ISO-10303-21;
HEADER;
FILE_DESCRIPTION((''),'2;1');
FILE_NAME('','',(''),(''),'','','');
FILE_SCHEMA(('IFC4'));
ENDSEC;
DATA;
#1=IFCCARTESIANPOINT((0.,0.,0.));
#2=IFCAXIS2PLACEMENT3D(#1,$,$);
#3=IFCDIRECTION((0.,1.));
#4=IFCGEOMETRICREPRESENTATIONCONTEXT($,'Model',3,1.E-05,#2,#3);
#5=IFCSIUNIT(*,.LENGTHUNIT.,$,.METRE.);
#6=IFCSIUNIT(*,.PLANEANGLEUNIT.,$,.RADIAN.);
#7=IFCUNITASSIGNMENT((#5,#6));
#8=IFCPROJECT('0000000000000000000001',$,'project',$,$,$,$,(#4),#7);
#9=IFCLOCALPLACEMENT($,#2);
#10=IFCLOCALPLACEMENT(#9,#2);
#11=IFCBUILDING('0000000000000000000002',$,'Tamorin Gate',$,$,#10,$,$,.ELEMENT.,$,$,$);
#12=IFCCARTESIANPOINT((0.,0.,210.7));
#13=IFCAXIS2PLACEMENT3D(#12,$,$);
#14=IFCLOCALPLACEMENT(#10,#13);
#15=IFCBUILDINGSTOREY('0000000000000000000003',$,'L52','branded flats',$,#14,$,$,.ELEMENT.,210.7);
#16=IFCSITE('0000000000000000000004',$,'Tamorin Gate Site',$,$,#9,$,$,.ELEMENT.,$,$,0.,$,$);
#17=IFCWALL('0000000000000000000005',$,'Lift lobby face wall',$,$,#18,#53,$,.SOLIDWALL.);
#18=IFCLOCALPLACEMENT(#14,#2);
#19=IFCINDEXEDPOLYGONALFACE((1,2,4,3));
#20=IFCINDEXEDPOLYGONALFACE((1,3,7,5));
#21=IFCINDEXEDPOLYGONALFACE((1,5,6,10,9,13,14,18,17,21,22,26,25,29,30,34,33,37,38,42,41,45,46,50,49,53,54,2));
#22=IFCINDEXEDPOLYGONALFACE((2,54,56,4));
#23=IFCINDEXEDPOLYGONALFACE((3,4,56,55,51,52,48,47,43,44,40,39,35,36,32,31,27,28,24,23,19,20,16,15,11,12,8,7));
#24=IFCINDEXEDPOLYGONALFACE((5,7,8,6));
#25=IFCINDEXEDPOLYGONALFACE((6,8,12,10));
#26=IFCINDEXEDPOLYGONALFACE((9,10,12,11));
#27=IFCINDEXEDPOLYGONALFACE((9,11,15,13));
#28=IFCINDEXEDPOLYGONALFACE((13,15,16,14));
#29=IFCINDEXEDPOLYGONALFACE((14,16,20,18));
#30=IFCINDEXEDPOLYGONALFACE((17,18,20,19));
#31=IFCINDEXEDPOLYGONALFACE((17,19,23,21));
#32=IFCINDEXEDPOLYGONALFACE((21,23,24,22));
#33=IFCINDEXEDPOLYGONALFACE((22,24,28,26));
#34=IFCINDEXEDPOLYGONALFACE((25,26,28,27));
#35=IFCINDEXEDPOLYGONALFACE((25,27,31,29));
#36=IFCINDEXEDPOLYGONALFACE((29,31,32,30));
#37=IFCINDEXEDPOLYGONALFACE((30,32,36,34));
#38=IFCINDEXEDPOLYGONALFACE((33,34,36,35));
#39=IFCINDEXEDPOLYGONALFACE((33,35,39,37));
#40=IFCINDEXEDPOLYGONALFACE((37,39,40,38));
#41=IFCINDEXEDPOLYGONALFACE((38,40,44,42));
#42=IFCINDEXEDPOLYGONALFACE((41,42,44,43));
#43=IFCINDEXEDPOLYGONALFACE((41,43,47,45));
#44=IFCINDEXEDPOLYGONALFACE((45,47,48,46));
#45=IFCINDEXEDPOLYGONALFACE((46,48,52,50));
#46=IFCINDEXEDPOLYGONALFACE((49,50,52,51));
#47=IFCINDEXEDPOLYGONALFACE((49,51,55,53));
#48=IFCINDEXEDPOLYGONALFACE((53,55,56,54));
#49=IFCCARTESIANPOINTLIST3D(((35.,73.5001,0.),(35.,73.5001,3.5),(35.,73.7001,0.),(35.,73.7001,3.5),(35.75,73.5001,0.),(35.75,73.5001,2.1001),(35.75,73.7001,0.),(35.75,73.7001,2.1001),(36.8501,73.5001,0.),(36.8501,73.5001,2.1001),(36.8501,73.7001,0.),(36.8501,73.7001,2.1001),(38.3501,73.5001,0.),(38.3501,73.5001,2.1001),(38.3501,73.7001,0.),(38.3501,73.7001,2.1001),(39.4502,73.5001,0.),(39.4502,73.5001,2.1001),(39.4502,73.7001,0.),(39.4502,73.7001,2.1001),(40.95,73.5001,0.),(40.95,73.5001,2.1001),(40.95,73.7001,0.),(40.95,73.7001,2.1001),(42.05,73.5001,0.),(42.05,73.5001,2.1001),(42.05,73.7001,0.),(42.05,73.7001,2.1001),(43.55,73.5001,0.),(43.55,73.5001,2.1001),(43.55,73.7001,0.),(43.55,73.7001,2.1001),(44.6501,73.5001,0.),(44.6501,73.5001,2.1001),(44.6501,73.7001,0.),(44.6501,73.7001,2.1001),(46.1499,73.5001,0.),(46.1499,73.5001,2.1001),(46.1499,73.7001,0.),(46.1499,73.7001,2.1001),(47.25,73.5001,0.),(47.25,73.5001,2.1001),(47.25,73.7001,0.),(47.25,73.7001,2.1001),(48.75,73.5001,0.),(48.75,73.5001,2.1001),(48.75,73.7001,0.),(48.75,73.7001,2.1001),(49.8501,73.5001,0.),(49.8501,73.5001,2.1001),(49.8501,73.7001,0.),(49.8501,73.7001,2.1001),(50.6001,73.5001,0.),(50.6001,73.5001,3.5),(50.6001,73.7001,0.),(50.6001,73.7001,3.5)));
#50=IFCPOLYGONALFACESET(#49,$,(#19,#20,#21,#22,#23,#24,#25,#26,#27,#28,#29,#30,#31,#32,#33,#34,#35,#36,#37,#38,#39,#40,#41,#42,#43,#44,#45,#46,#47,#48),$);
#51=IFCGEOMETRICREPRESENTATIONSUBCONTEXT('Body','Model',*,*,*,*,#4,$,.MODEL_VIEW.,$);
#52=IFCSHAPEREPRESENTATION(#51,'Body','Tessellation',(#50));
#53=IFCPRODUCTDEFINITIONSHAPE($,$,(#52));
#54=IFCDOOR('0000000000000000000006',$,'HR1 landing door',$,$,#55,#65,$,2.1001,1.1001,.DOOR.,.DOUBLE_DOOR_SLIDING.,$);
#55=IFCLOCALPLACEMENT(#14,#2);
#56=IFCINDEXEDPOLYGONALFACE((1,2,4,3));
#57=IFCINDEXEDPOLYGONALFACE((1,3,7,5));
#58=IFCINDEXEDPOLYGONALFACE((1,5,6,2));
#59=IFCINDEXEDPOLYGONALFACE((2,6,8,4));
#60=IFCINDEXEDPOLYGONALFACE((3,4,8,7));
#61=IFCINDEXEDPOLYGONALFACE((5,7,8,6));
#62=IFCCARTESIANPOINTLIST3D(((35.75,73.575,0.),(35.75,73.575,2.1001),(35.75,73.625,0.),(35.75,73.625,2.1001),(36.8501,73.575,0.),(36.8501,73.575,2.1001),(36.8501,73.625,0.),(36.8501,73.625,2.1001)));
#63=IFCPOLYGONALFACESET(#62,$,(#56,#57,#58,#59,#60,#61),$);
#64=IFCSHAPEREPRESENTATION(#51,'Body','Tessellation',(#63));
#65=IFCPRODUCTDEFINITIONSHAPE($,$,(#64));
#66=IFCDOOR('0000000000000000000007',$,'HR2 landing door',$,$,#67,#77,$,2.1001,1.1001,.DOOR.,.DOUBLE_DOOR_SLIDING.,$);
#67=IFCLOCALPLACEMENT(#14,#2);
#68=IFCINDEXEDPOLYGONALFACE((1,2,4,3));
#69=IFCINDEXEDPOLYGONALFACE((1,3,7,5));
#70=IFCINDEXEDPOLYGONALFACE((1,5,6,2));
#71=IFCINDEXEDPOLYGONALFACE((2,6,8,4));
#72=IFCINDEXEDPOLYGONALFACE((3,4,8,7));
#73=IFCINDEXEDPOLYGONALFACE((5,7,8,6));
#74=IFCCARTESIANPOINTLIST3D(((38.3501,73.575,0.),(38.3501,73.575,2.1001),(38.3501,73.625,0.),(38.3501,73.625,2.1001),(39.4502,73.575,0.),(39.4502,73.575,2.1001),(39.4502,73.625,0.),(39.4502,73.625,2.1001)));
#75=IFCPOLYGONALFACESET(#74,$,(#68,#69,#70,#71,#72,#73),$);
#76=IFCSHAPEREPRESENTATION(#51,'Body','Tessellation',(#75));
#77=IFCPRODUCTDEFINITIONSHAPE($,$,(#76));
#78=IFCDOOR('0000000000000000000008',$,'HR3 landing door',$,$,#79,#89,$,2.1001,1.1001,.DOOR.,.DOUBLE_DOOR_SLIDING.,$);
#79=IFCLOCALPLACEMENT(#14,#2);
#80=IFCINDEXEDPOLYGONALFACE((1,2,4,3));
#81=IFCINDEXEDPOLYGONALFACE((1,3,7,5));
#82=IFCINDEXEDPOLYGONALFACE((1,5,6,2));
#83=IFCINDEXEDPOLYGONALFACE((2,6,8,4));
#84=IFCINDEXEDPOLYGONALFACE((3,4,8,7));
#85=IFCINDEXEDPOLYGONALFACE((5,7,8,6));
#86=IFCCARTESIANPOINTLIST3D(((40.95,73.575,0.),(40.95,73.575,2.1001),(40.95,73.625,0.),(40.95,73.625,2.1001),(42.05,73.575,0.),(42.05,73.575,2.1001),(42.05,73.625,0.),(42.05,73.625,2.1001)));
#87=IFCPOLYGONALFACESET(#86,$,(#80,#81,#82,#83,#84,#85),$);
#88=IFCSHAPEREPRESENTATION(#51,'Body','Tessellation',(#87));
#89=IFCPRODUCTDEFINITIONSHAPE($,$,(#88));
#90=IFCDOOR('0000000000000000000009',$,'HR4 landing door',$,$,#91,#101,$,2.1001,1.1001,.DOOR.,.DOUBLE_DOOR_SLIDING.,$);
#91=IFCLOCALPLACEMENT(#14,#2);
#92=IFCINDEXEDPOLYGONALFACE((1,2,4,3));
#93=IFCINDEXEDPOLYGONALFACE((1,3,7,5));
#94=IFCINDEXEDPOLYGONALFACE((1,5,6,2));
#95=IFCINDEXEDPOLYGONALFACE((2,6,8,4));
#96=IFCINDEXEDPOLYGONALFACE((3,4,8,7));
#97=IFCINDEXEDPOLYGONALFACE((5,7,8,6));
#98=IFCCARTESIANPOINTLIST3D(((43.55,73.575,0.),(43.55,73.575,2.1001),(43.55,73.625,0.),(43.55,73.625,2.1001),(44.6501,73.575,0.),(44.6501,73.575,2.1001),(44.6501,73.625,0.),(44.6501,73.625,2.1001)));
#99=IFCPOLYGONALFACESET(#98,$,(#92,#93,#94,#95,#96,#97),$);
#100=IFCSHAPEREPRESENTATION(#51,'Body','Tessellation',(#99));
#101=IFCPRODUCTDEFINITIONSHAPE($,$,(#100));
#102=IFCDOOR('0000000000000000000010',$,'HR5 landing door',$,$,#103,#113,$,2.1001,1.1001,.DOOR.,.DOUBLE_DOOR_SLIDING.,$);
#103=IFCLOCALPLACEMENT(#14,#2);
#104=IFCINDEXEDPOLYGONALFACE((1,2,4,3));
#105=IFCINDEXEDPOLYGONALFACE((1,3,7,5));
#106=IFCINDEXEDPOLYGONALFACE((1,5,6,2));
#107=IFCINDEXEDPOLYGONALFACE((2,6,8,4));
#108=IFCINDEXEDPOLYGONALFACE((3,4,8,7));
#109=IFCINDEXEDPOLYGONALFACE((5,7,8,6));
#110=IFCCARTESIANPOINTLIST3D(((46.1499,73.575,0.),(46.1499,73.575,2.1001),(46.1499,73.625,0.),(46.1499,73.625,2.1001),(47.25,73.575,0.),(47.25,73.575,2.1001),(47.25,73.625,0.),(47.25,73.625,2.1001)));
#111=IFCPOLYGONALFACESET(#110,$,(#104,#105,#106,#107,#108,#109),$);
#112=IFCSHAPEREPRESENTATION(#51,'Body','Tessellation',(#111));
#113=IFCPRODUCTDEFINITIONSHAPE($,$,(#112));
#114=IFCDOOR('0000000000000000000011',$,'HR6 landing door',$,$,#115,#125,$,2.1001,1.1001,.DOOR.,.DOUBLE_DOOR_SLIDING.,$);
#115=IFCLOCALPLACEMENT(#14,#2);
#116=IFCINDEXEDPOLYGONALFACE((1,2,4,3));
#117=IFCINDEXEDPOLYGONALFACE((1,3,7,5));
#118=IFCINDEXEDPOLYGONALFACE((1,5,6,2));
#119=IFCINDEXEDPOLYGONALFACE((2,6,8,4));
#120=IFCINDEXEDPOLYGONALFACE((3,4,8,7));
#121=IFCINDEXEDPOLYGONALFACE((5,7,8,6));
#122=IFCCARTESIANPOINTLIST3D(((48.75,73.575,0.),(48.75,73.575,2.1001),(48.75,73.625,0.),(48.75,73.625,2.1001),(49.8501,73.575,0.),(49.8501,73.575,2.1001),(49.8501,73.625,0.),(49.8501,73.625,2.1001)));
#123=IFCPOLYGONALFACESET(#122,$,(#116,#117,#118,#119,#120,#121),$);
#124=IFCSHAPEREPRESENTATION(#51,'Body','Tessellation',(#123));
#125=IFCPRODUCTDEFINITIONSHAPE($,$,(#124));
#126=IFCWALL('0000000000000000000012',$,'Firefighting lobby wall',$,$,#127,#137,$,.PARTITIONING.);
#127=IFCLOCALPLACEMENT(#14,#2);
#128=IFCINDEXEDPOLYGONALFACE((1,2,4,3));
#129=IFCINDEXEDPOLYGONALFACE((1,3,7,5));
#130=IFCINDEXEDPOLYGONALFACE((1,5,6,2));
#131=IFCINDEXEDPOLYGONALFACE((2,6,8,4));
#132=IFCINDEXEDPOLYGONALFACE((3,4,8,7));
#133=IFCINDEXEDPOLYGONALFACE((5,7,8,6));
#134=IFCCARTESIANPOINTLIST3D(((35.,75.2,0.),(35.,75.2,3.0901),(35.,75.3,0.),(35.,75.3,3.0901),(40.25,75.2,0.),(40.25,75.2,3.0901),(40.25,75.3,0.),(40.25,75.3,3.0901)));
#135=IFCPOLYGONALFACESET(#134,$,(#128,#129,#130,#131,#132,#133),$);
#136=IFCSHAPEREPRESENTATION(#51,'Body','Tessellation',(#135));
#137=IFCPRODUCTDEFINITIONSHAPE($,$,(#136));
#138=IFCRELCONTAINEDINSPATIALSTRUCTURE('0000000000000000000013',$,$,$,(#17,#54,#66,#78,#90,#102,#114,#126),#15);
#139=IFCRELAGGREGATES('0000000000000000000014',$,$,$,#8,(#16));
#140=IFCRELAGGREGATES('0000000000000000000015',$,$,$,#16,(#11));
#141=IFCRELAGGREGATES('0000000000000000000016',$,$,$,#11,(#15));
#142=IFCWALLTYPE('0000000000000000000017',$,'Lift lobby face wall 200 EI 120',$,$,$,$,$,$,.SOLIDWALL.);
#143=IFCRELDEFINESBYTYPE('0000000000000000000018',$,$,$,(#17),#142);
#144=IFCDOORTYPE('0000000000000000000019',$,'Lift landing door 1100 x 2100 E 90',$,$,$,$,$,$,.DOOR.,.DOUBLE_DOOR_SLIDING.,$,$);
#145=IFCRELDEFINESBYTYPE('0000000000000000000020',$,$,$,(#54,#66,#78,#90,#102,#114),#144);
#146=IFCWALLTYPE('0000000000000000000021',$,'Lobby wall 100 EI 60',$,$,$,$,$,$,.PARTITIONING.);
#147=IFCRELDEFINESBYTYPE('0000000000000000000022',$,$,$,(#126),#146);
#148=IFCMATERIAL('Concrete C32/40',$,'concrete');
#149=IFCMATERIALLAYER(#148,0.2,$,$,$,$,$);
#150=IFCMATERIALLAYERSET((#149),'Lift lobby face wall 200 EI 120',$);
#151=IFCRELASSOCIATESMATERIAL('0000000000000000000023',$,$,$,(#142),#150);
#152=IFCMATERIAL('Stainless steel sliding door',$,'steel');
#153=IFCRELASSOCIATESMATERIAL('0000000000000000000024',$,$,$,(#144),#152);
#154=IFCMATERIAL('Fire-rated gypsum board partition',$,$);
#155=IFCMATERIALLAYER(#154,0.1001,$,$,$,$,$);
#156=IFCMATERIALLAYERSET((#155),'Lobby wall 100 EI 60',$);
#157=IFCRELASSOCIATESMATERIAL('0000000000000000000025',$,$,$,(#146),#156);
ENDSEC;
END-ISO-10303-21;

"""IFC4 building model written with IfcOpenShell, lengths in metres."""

from ifc_helpers import new_model, si_unit, direction, frame, frame_2d, origin, place, context, subcontext, project, spatial, rectangle, extrude, material, layer, layer_set, type_object, element, fill, save


model = new_model("IFC4")

# Units and contexts
model_context = context("Model", 3, precision=1e-05, world=origin(), true_north=direction((0.0, 1.0)))
body_context = subcontext(model_context, "Body", "Model", "MODEL_VIEW")
ifc_project = project(units=[si_unit("LENGTHUNIT", "METRE"), si_unit("PLANEANGLEUNIT", "RADIAN")], contexts=[model_context])

# Site, building, storey
site_placement = place(None, origin())
site = spatial("IfcSite", under=ifc_project, at=site_placement, Name="Tamorin Gate Site", CompositionType="ELEMENT", RefElevation=0.0)
building_placement = place(site_placement, origin())
building = spatial("IfcBuilding", under=site, at=building_placement, Name="Tamorin Gate", CompositionType="ELEMENT")
storey_placement = place(building_placement, frame((0.0, 0.0, 210.7)))
storey = spatial("IfcBuildingStorey", under=building, at=storey_placement, Name="L52", Description="branded flats", CompositionType="ELEMENT", Elevation=210.7)

# Wall, openings, doors
ifc_material_1 = material(Name="Concrete C32/40", Category="concrete")
ifc_layer_1 = layer(ifc_material_1, 0.2)
ifc_layer_set_1 = layer_set([ifc_layer_1], Name="Lift lobby face wall 200 EI 120")
wall_type_1 = type_object("IfcWallType", Name="Lift lobby face wall 200 EI 120", PredefinedType="SOLIDWALL", material=ifc_layer_set_1)
wall_1_placement = place(storey_placement, frame((35.0, 73.6001, 0.0), z_axis=(0.0, 0.0, 1.0), x_axis=(1.0, 0.0, 0.0)))
wall_1 = element("IfcWall", 1, at=wall_1_placement, inside=storey, type_object=wall_type_1, Name="Lift lobby face wall", PredefinedType="SOLIDWALL", context=body_context, shape_type="SweptSolid", body=[
    extrude(rectangle(XDim=15.6001, YDim=0.2, at=frame_2d((7.8, 0.0))), origin(), (0.0, 0.0, 1.0), 3.5),
])
opening_1_placement = place(wall_1_placement, frame((0.75, 0.0, 0.0)))
opening_1 = element("IfcOpeningElement", 2, at=opening_1_placement, cuts=wall_1, PredefinedType="OPENING", context=body_context, shape_type="SweptSolid", body=[
    extrude(rectangle(XDim=1.1001, YDim=2.1001, at=frame_2d((0.55, 1.05))), frame((0.0, 0.1099, 0.0), z_axis=(0.0, -1.0, 0.0), x_axis=(1.0, 0.0, 0.0)), (0.0, 0.0, 1.0), 0.22),
])
opening_2_placement = place(wall_1_placement, frame((3.3501, 0.0, 0.0)))
opening_2 = element("IfcOpeningElement", 3, at=opening_2_placement, cuts=wall_1, PredefinedType="OPENING", context=body_context, shape_type="SweptSolid", body=[
    extrude(rectangle(XDim=1.1001, YDim=2.1001, at=frame_2d((0.55, 1.05))), frame((0.0, 0.1099, 0.0), z_axis=(0.0, -1.0, 0.0), x_axis=(1.0, 0.0, 0.0)), (0.0, 0.0, 1.0), 0.22),
])
opening_3_placement = place(wall_1_placement, frame((5.95, 0.0, 0.0)))
opening_3 = element("IfcOpeningElement", 4, at=opening_3_placement, cuts=wall_1, PredefinedType="OPENING", context=body_context, shape_type="SweptSolid", body=[
    extrude(rectangle(XDim=1.1001, YDim=2.1001, at=frame_2d((0.55, 1.05))), frame((0.0, 0.1099, 0.0), z_axis=(0.0, -1.0, 0.0), x_axis=(1.0, 0.0, 0.0)), (0.0, 0.0, 1.0), 0.22),
])
opening_4_placement = place(wall_1_placement, frame((8.55, 0.0, 0.0)))
opening_4 = element("IfcOpeningElement", 5, at=opening_4_placement, cuts=wall_1, PredefinedType="OPENING", context=body_context, shape_type="SweptSolid", body=[
    extrude(rectangle(XDim=1.1001, YDim=2.1001, at=frame_2d((0.55, 1.05))), frame((0.0, 0.1099, 0.0), z_axis=(0.0, -1.0, 0.0), x_axis=(1.0, 0.0, 0.0)), (0.0, 0.0, 1.0), 0.22),
])
opening_5_placement = place(wall_1_placement, frame((11.1499, 0.0, 0.0)))
opening_5 = element("IfcOpeningElement", 6, at=opening_5_placement, cuts=wall_1, PredefinedType="OPENING", context=body_context, shape_type="SweptSolid", body=[
    extrude(rectangle(XDim=1.1001, YDim=2.1001, at=frame_2d((0.55, 1.05))), frame((0.0, 0.1099, 0.0), z_axis=(0.0, -1.0, 0.0), x_axis=(1.0, 0.0, 0.0)), (0.0, 0.0, 1.0), 0.22),
])
opening_6_placement = place(wall_1_placement, frame((13.75, 0.0, 0.0)))
opening_6 = element("IfcOpeningElement", 7, at=opening_6_placement, cuts=wall_1, PredefinedType="OPENING", context=body_context, shape_type="SweptSolid", body=[
    extrude(rectangle(XDim=1.1001, YDim=2.1001, at=frame_2d((0.55, 1.05))), frame((0.0, 0.1099, 0.0), z_axis=(0.0, -1.0, 0.0), x_axis=(1.0, 0.0, 0.0)), (0.0, 0.0, 1.0), 0.22),
])
ifc_material_2 = material(Name="Stainless steel sliding door", Category="steel")
door_type_1 = type_object("IfcDoorType", Name="Lift landing door 1100 x 2100 E 90", OperationType="DOUBLE_DOOR_SLIDING", PredefinedType="DOOR", material=ifc_material_2)
door_1_placement = place(opening_1_placement, origin())
door_1 = element("IfcDoor", 8, at=door_1_placement, inside=storey, type_object=door_type_1, Name="HR1 landing door", OperationType="DOUBLE_DOOR_SLIDING", OverallHeight=2.1001, OverallWidth=1.1001, PredefinedType="DOOR", context=body_context, shape_type="SweptSolid", body=[
    extrude(rectangle(XDim=1.1001, YDim=2.1001, at=frame_2d((0.55, 1.05))), frame((0.0, 0.0249, 0.0), z_axis=(0.0, -1.0, 0.0), x_axis=(1.0, 0.0, 0.0)), (0.0, 0.0, 1.0), 0.05),
])
fill(opening_1, door_1)
door_2_placement = place(opening_2_placement, origin())
door_2 = element("IfcDoor", 9, at=door_2_placement, inside=storey, type_object=door_type_1, Name="HR2 landing door", OperationType="DOUBLE_DOOR_SLIDING", OverallHeight=2.1001, OverallWidth=1.1001, PredefinedType="DOOR", context=body_context, shape_type="SweptSolid", body=[
    extrude(rectangle(XDim=1.1001, YDim=2.1001, at=frame_2d((0.55, 1.05))), frame((0.0, 0.0249, 0.0), z_axis=(0.0, -1.0, 0.0), x_axis=(1.0, 0.0, 0.0)), (0.0, 0.0, 1.0), 0.05),
])
fill(opening_2, door_2)
door_3_placement = place(opening_3_placement, origin())
door_3 = element("IfcDoor", 10, at=door_3_placement, inside=storey, type_object=door_type_1, Name="HR3 landing door", OperationType="DOUBLE_DOOR_SLIDING", OverallHeight=2.1001, OverallWidth=1.1001, PredefinedType="DOOR", context=body_context, shape_type="SweptSolid", body=[
    extrude(rectangle(XDim=1.1001, YDim=2.1001, at=frame_2d((0.55, 1.05))), frame((0.0, 0.0249, 0.0), z_axis=(0.0, -1.0, 0.0), x_axis=(1.0, 0.0, 0.0)), (0.0, 0.0, 1.0), 0.05),
])
fill(opening_3, door_3)
door_4_placement = place(opening_4_placement, origin())
door_4 = element("IfcDoor", 11, at=door_4_placement, inside=storey, type_object=door_type_1, Name="HR4 landing door", OperationType="DOUBLE_DOOR_SLIDING", OverallHeight=2.1001, OverallWidth=1.1001, PredefinedType="DOOR", context=body_context, shape_type="SweptSolid", body=[
    extrude(rectangle(XDim=1.1001, YDim=2.1001, at=frame_2d((0.55, 1.05))), frame((0.0, 0.0249, 0.0), z_axis=(0.0, -1.0, 0.0), x_axis=(1.0, 0.0, 0.0)), (0.0, 0.0, 1.0), 0.05),
])
fill(opening_4, door_4)
door_5_placement = place(opening_5_placement, origin())
door_5 = element("IfcDoor", 12, at=door_5_placement, inside=storey, type_object=door_type_1, Name="HR5 landing door", OperationType="DOUBLE_DOOR_SLIDING", OverallHeight=2.1001, OverallWidth=1.1001, PredefinedType="DOOR", context=body_context, shape_type="SweptSolid", body=[
    extrude(rectangle(XDim=1.1001, YDim=2.1001, at=frame_2d((0.55, 1.05))), frame((0.0, 0.0249, 0.0), z_axis=(0.0, -1.0, 0.0), x_axis=(1.0, 0.0, 0.0)), (0.0, 0.0, 1.0), 0.05),
])
fill(opening_5, door_5)
door_6_placement = place(opening_6_placement, origin())
door_6 = element("IfcDoor", 13, at=door_6_placement, inside=storey, type_object=door_type_1, Name="HR6 landing door", OperationType="DOUBLE_DOOR_SLIDING", OverallHeight=2.1001, OverallWidth=1.1001, PredefinedType="DOOR", context=body_context, shape_type="SweptSolid", body=[
    extrude(rectangle(XDim=1.1001, YDim=2.1001, at=frame_2d((0.55, 1.05))), frame((0.0, 0.0249, 0.0), z_axis=(0.0, -1.0, 0.0), x_axis=(1.0, 0.0, 0.0)), (0.0, 0.0, 1.0), 0.05),
])
fill(opening_6, door_6)

# Wall
ifc_material_3 = material(Name="Fire-rated gypsum board partition")
ifc_layer_2 = layer(ifc_material_3, 0.1001)
ifc_layer_set_2 = layer_set([ifc_layer_2], Name="Lobby wall 100 EI 60")
wall_type_2 = type_object("IfcWallType", Name="Lobby wall 100 EI 60", PredefinedType="PARTITIONING", material=ifc_layer_set_2)
wall_2_placement = place(storey_placement, frame((35.0, 75.25, 0.0), z_axis=(0.0, 0.0, 1.0), x_axis=(1.0, 0.0, 0.0)))
element("IfcWall", 14, at=wall_2_placement, inside=storey, type_object=wall_type_2, Name="Firefighting lobby wall", PredefinedType="PARTITIONING", context=body_context, shape_type="SweptSolid", body=[
    extrude(rectangle(XDim=5.25, YDim=0.1001, at=frame_2d((2.625, 0.0))), origin(), (0.0, 0.0, 1.0), 3.0901),
])

save(model, "model.ifc")
